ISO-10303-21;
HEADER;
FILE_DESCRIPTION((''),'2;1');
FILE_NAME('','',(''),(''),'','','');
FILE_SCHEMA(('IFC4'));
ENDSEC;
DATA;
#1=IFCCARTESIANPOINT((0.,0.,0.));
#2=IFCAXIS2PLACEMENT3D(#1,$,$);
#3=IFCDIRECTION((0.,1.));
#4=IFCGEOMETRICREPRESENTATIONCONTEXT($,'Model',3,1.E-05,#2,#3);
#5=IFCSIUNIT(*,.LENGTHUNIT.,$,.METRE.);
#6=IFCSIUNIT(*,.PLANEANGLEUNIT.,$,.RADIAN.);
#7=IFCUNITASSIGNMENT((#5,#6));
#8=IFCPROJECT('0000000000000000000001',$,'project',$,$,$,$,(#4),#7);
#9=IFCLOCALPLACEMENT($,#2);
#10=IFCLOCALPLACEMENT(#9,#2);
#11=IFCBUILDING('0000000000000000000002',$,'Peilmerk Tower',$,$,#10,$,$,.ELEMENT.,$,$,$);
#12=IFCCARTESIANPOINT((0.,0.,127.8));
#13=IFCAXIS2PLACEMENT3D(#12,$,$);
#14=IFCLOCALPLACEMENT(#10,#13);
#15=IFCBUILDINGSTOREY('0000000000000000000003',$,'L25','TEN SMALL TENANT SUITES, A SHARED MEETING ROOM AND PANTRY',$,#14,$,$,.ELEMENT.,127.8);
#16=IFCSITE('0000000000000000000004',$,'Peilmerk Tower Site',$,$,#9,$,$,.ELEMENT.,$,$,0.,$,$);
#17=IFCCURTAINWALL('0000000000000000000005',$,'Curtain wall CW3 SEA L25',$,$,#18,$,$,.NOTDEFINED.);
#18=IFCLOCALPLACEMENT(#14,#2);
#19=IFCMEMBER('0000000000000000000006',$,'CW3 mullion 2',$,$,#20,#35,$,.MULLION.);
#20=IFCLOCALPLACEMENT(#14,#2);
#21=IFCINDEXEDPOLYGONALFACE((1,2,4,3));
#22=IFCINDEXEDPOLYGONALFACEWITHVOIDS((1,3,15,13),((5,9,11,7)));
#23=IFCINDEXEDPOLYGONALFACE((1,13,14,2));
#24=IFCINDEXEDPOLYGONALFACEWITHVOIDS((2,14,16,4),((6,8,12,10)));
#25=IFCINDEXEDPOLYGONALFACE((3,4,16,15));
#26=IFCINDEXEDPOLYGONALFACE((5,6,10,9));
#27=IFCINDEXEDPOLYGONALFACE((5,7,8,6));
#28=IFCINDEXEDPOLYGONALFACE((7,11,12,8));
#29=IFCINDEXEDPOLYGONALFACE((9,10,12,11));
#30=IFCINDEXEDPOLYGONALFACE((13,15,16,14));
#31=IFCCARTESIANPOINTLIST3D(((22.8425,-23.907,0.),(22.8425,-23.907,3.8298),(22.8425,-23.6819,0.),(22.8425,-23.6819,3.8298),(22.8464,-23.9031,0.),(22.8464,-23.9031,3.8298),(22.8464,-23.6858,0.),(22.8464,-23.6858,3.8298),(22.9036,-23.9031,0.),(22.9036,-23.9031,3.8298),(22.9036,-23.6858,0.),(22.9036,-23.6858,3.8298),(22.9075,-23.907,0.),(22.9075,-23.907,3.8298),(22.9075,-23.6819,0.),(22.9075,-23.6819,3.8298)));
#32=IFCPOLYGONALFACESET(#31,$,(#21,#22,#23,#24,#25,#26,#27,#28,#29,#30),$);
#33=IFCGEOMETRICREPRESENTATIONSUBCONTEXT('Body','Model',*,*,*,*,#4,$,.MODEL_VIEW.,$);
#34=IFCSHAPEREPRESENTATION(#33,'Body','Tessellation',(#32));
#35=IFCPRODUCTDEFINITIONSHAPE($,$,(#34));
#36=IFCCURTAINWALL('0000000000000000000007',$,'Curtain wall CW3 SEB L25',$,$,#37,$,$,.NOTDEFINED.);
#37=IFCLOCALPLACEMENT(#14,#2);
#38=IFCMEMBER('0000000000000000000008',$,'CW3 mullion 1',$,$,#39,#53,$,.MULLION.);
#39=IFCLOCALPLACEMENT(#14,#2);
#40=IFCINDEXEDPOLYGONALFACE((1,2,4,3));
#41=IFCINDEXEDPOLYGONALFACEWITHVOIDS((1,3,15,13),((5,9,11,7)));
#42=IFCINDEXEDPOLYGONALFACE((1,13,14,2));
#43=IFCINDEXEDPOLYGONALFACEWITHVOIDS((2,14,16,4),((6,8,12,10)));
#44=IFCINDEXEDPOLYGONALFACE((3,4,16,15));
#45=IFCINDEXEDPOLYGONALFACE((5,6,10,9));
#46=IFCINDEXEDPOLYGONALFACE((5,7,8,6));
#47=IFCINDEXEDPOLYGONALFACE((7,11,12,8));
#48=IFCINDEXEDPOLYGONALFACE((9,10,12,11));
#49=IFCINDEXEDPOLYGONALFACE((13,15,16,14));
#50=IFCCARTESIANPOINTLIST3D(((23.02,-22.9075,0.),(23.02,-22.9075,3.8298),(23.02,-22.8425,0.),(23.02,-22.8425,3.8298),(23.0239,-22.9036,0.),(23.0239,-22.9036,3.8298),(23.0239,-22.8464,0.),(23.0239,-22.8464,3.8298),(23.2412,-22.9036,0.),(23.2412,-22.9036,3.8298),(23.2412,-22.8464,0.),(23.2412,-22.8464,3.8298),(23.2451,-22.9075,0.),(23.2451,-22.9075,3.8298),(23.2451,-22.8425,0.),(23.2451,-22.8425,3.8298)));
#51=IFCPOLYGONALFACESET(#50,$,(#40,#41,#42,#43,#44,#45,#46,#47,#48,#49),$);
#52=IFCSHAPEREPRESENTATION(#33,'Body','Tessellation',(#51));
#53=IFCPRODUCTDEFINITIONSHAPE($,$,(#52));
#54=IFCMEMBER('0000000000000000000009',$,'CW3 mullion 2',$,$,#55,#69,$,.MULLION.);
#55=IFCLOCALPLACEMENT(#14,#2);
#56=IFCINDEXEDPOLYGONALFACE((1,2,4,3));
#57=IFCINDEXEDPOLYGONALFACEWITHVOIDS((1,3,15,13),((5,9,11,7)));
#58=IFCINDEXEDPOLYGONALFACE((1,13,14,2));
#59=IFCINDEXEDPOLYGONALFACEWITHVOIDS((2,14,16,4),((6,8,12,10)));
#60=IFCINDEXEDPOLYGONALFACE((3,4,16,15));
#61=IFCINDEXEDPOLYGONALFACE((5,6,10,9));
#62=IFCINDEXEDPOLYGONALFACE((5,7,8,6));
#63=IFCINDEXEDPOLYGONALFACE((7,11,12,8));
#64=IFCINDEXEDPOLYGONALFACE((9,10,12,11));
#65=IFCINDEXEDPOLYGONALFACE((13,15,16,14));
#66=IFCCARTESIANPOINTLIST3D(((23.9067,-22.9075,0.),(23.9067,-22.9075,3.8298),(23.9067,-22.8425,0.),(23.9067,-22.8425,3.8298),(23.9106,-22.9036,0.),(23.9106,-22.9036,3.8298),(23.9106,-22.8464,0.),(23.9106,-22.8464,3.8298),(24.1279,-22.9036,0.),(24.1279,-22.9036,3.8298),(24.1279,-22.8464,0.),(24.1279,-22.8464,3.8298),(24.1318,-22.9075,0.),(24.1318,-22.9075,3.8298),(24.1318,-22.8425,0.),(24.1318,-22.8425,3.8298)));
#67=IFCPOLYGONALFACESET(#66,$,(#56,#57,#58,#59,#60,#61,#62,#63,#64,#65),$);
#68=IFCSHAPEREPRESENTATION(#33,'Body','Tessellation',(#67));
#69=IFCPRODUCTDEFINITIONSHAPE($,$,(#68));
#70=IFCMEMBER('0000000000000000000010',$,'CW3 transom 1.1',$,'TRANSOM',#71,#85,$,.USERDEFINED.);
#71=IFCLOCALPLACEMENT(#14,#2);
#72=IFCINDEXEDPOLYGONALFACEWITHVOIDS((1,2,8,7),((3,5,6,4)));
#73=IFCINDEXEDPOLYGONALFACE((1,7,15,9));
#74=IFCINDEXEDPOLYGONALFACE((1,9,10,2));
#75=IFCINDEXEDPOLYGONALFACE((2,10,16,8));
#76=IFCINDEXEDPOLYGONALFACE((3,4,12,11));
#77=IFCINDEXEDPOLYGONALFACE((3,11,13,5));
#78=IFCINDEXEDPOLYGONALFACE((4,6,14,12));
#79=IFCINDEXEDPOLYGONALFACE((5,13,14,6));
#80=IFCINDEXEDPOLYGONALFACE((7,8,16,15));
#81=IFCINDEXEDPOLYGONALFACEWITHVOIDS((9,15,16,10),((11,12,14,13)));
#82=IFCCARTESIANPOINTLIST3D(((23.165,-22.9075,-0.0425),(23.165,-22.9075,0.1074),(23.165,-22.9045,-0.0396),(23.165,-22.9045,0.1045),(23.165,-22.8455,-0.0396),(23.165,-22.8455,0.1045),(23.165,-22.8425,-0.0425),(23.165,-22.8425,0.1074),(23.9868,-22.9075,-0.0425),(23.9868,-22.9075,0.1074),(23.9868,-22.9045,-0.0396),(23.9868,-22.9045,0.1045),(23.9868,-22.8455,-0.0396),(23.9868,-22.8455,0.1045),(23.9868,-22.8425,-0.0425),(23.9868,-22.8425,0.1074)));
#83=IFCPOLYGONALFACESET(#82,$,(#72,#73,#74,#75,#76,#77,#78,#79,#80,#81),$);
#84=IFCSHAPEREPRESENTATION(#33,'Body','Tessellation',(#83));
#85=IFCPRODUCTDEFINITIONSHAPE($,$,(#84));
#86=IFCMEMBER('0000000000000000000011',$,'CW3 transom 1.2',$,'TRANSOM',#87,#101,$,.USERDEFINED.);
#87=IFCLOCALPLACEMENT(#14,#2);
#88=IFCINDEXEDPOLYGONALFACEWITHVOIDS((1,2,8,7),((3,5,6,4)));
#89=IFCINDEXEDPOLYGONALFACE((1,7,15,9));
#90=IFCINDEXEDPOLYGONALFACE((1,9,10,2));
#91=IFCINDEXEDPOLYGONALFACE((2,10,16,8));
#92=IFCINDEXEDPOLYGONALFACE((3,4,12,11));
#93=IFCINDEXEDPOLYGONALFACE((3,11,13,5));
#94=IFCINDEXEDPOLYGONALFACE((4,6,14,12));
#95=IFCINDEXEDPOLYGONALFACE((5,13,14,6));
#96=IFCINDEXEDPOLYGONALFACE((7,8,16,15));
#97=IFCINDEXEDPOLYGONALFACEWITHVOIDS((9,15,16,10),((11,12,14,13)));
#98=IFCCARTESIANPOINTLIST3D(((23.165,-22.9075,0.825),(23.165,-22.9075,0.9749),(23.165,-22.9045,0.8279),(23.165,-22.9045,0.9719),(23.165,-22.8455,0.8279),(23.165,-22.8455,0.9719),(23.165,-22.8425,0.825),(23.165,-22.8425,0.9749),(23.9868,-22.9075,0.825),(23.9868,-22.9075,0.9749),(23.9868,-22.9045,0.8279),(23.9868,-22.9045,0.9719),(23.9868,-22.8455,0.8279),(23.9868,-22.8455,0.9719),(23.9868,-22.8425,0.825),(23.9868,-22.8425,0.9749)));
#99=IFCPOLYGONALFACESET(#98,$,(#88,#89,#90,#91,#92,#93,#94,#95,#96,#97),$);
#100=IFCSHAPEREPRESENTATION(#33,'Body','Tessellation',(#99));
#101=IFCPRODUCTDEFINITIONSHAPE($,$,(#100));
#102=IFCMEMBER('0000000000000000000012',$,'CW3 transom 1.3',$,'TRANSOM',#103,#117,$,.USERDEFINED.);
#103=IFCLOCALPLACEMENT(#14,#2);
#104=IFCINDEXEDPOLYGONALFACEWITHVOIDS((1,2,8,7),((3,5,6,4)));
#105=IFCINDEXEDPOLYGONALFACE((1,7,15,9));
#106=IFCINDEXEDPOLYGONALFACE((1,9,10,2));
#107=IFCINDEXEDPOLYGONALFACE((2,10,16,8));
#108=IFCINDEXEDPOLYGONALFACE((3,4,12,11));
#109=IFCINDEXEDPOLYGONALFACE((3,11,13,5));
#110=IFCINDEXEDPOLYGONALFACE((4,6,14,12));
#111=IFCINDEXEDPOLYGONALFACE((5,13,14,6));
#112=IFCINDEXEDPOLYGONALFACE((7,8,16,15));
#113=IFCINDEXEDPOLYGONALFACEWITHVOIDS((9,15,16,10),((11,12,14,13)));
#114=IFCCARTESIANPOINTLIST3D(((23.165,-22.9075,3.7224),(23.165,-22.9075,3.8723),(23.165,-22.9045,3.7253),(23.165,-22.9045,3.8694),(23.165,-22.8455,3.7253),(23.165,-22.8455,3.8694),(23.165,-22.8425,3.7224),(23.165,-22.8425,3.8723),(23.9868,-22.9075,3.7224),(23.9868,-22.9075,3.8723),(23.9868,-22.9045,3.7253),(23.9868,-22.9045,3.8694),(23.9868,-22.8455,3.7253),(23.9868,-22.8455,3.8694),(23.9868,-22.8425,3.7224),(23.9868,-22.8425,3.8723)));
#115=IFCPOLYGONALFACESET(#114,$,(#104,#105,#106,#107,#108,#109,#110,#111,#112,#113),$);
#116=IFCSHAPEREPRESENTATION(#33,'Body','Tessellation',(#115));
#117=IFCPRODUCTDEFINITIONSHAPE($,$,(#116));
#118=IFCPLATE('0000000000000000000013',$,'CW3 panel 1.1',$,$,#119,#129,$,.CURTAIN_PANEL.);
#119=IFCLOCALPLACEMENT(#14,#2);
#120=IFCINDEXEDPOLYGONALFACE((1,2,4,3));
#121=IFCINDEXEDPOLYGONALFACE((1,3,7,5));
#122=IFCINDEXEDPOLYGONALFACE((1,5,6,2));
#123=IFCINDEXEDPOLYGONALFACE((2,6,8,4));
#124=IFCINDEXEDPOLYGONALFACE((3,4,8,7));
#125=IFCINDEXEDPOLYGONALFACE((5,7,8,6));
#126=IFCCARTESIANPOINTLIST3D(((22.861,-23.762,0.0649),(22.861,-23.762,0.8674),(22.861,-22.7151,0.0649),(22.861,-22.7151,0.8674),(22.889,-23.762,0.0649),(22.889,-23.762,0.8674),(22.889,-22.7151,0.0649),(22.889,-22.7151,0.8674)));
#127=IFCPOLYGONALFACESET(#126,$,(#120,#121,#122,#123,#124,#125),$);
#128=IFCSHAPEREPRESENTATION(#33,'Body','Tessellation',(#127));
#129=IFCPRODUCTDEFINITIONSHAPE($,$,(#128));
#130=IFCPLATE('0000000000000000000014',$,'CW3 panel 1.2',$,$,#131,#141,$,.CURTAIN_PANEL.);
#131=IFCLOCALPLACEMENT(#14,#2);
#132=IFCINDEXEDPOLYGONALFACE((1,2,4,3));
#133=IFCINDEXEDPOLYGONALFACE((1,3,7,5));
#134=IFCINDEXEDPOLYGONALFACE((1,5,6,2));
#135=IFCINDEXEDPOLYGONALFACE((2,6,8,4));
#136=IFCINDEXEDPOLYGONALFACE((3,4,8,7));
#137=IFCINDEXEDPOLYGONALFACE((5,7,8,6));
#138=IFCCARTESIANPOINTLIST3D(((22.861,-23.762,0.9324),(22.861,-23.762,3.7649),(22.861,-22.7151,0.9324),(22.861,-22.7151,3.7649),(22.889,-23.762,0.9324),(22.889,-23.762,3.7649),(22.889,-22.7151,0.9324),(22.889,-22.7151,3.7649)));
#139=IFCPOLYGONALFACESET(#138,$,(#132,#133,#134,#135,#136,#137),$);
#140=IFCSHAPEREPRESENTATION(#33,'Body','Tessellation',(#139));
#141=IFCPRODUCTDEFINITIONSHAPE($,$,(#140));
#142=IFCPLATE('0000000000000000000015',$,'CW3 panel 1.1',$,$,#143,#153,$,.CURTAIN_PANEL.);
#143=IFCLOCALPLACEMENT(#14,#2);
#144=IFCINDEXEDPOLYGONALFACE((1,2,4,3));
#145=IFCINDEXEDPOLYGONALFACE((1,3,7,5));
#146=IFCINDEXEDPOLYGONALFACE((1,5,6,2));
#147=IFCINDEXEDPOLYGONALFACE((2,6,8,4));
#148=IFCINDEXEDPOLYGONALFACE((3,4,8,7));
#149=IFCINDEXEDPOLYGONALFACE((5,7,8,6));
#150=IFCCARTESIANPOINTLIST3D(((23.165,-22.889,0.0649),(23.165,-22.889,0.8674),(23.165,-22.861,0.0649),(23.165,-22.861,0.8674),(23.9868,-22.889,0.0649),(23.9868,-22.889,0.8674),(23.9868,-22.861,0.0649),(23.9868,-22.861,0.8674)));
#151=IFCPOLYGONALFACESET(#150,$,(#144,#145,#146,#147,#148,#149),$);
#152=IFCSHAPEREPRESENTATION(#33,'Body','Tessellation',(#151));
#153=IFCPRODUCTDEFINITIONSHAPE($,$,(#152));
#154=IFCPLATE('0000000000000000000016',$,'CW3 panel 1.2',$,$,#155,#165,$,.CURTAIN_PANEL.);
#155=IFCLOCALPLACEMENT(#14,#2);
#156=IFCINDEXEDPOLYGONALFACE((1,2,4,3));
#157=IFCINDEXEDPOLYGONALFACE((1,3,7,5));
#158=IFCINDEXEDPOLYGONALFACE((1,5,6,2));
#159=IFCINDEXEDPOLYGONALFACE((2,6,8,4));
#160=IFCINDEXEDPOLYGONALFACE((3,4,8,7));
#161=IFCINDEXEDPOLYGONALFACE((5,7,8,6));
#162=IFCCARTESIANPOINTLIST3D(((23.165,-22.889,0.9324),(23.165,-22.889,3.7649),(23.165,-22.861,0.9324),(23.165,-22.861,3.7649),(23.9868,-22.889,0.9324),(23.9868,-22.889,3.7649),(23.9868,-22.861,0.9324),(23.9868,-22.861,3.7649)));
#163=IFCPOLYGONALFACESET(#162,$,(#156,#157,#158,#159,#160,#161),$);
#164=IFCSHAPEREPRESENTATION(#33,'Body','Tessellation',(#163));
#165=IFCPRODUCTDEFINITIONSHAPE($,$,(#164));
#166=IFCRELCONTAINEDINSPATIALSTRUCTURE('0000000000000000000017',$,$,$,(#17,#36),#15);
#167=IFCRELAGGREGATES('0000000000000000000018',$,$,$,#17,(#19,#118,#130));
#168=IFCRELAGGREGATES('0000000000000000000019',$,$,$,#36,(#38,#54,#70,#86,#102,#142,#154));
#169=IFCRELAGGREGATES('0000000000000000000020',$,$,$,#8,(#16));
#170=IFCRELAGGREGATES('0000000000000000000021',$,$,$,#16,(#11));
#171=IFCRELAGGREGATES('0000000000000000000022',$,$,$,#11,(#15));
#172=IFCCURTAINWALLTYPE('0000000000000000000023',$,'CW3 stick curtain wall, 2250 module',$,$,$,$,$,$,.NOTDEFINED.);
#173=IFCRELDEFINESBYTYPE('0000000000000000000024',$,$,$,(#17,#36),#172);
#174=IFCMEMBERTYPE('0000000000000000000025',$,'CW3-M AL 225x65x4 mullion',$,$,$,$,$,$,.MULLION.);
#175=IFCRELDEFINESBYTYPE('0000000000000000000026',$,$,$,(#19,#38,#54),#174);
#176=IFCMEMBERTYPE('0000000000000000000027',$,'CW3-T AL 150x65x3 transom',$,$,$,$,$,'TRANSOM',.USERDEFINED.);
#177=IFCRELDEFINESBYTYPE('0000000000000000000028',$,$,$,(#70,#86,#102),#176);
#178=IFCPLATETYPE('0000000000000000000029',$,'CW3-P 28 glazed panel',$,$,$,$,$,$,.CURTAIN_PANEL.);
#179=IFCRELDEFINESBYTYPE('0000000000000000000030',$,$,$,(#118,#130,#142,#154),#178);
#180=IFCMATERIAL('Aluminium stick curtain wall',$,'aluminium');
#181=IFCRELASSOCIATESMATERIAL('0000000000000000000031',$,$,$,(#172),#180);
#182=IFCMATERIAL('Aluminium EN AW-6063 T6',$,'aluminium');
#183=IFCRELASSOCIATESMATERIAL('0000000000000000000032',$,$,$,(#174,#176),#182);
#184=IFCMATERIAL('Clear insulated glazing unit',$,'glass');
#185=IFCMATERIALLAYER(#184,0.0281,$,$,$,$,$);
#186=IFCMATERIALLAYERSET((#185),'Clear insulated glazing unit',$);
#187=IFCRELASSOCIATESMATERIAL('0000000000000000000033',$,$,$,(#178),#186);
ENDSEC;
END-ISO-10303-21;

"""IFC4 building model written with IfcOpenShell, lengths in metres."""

from ifc_helpers import new_model, si_unit, direction, frame, origin, origin_2d, place, context, subcontext, project, spatial, rectangle, hollow_rectangle, extrude, material, layer, layer_set, material_profile, profile_set, type_object, element, aggregate, save


model = new_model("IFC4")

# Units and contexts
model_context = context("Model", 3, precision=1e-05, world=origin(), true_north=direction((0.0, 1.0)))
body_context = subcontext(model_context, "Body", "Model", "MODEL_VIEW")
ifc_project = project(units=[si_unit("LENGTHUNIT", "METRE"), si_unit("PLANEANGLEUNIT", "RADIAN")], contexts=[model_context])

# Site, building, storey
site_placement = place(None, origin())
site = spatial("IfcSite", under=ifc_project, at=site_placement, Name="Peilmerk Tower Site", CompositionType="ELEMENT", RefElevation=0.0)
building_placement = place(site_placement, origin())
building = spatial("IfcBuilding", under=site, at=building_placement, Name="Peilmerk Tower", CompositionType="ELEMENT")
storey_placement = place(building_placement, frame((0.0, 0.0, 127.8)))
storey = spatial("IfcBuildingStorey", under=building, at=storey_placement, Name="L25", Description="TEN SMALL TENANT SUITES, A SHARED MEETING ROOM AND PANTRY", CompositionType="ELEMENT", Elevation=127.8)

# Curtain wall, member
ifc_material_1 = material(Name="Aluminium stick curtain wall", Category="aluminium")
curtain_wall_type = type_object("IfcCurtainWallType", Name="CW3 stick curtain wall, 2250 module", PredefinedType="NOTDEFINED", material=ifc_material_1)
curtain_wall_1_placement = place(storey_placement, origin())
curtain_wall_1 = element("IfcCurtainWall", 1, at=curtain_wall_1_placement, inside=storey, type_object=curtain_wall_type, Name="Curtain wall CW3 SEA L25", PredefinedType="NOTDEFINED")
ifc_material_2 = material(Name="Aluminium EN AW-6063 T6", Category="aluminium")
ifc_material_profile_1 = material_profile(ifc_material_2, hollow_rectangle(XDim=0.0649, YDim=0.2251, WallThickness=0.0039, at=origin_2d()), Name="AL 225x65x4")
ifc_profile_set_1 = profile_set([ifc_material_profile_1], Name="Aluminium EN AW-6063 T6")
member_type_1 = type_object("IfcMemberType", Name="CW3-M AL 225x65x4 mullion", PredefinedType="MULLION", material=ifc_profile_set_1)
member_1_placement = place(storey_placement, frame((22.875, -23.7944, 0.0), z_axis=(0.0, 0.0, 1.0), x_axis=(1.0, 0.0, 0.0)))
member_1 = element("IfcMember", 2, at=member_1_placement, type_object=member_type_1, Name="CW3 mullion 2", PredefinedType="MULLION", context=body_context, shape_type="SweptSolid", body=[
    extrude(hollow_rectangle(XDim=0.0649, YDim=0.2251, WallThickness=0.0039, at=origin_2d()), origin(), (0.0, 0.0, 1.0), 3.8298),
])

# Curtain wall, members
curtain_wall_2_placement = place(storey_placement, origin())
curtain_wall_2 = element("IfcCurtainWall", 3, at=curtain_wall_2_placement, inside=storey, type_object=curtain_wall_type, Name="Curtain wall CW3 SEB L25", PredefinedType="NOTDEFINED")
member_2_placement = place(storey_placement, frame((23.1326, -22.875, 0.0), z_axis=(0.0, 0.0, 1.0), x_axis=(0.0, 1.0, 0.0)))
member_2 = element("IfcMember", 4, at=member_2_placement, type_object=member_type_1, Name="CW3 mullion 1", PredefinedType="MULLION", context=body_context, shape_type="SweptSolid", body=[
    extrude(hollow_rectangle(XDim=0.0649, YDim=0.2251, WallThickness=0.0039, at=origin_2d()), origin(), (0.0, 0.0, 1.0), 3.8298),
])
member_3_placement = place(storey_placement, frame((24.0193, -22.875, 0.0), z_axis=(0.0, 0.0, 1.0), x_axis=(0.0, 1.0, 0.0)))
member_3 = element("IfcMember", 5, at=member_3_placement, type_object=member_type_1, Name="CW3 mullion 2", PredefinedType="MULLION", context=body_context, shape_type="SweptSolid", body=[
    extrude(hollow_rectangle(XDim=0.0649, YDim=0.2251, WallThickness=0.0039, at=origin_2d()), origin(), (0.0, 0.0, 1.0), 3.8298),
])
ifc_material_profile_2 = material_profile(ifc_material_2, hollow_rectangle(XDim=0.0649, YDim=0.1499, WallThickness=0.0029, at=origin_2d()), Name="AL 150x65x3")
ifc_profile_set_2 = profile_set([ifc_material_profile_2], Name="Aluminium EN AW-6063 T6")
member_type_2 = type_object("IfcMemberType", Name="CW3-T AL 150x65x3 transom", ElementType="TRANSOM", PredefinedType="USERDEFINED", material=ifc_profile_set_2)
member_4_placement = place(storey_placement, frame((23.165, -22.875, 0.0325), z_axis=(1.0, 0.0, 0.0), x_axis=(0.0, 1.0, 0.0)))
member_4 = element("IfcMember", 6, at=member_4_placement, type_object=member_type_2, Name="CW3 transom 1.1", ObjectType="TRANSOM", PredefinedType="USERDEFINED", context=body_context, shape_type="SweptSolid", body=[
    extrude(hollow_rectangle(XDim=0.0649, YDim=0.1499, WallThickness=0.0029, at=origin_2d()), origin(), (0.0, 0.0, 1.0), 0.8218),
])
member_5_placement = place(storey_placement, frame((23.165, -22.875, 0.8999), z_axis=(1.0, 0.0, 0.0), x_axis=(0.0, 1.0, 0.0)))
member_5 = element("IfcMember", 7, at=member_5_placement, type_object=member_type_2, Name="CW3 transom 1.2", ObjectType="TRANSOM", PredefinedType="USERDEFINED", context=body_context, shape_type="SweptSolid", body=[
    extrude(hollow_rectangle(XDim=0.0649, YDim=0.1499, WallThickness=0.0029, at=origin_2d()), origin(), (0.0, 0.0, 1.0), 0.8218),
])
member_6_placement = place(storey_placement, frame((23.165, -22.875, 3.7974), z_axis=(1.0, 0.0, 0.0), x_axis=(0.0, 1.0, 0.0)))
member_6 = element("IfcMember", 8, at=member_6_placement, type_object=member_type_2, Name="CW3 transom 1.3", ObjectType="TRANSOM", PredefinedType="USERDEFINED", context=body_context, shape_type="SweptSolid", body=[
    extrude(hollow_rectangle(XDim=0.0649, YDim=0.1499, WallThickness=0.0029, at=origin_2d()), origin(), (0.0, 0.0, 1.0), 0.8218),
])

# Plates
ifc_material_3 = material(Name="Clear insulated glazing unit", Category="glass")
ifc_layer_1 = layer(ifc_material_3, 0.0281)
ifc_layer_set_1 = layer_set([ifc_layer_1], Name="Clear insulated glazing unit")
plate_type = type_object("IfcPlateType", Name="CW3-P 28 glazed panel", PredefinedType="CURTAIN_PANEL", material=ifc_layer_set_1)
plate_1_placement = place(storey_placement, frame((22.875, -23.2385, 0.0649), z_axis=(0.0, 0.0, 1.0), x_axis=(0.0, -1.0, 0.0)))
plate_1 = element("IfcPlate", 9, at=plate_1_placement, type_object=plate_type, Name="CW3 panel 1.1", PredefinedType="CURTAIN_PANEL", context=body_context, shape_type="SweptSolid", body=[
    extrude(rectangle(XDim=1.0469, YDim=0.0281, at=origin_2d()), origin(), (0.0, 0.0, 1.0), 0.8025),
])
plate_2_placement = place(storey_placement, frame((22.875, -23.2385, 0.9324), z_axis=(0.0, 0.0, 1.0), x_axis=(0.0, -1.0, 0.0)))
plate_2 = element("IfcPlate", 10, at=plate_2_placement, type_object=plate_type, Name="CW3 panel 1.2", PredefinedType="CURTAIN_PANEL", context=body_context, shape_type="SweptSolid", body=[
    extrude(rectangle(XDim=1.0469, YDim=0.0281, at=origin_2d()), origin(), (0.0, 0.0, 1.0), 2.8325),
])
aggregate(curtain_wall_1, [member_1, plate_1, plate_2])
plate_3_placement = place(storey_placement, frame((23.5759, -22.875, 0.0649), z_axis=(0.0, 0.0, 1.0), x_axis=(1.0, 0.0, 0.0)))
plate_3 = element("IfcPlate", 11, at=plate_3_placement, type_object=plate_type, Name="CW3 panel 1.1", PredefinedType="CURTAIN_PANEL", context=body_context, shape_type="SweptSolid", body=[
    extrude(rectangle(XDim=0.8218, YDim=0.0281, at=origin_2d()), origin(), (0.0, 0.0, 1.0), 0.8025),
])
plate_4_placement = place(storey_placement, frame((23.5759, -22.875, 0.9324), z_axis=(0.0, 0.0, 1.0), x_axis=(1.0, 0.0, 0.0)))
plate_4 = element("IfcPlate", 12, at=plate_4_placement, type_object=plate_type, Name="CW3 panel 1.2", PredefinedType="CURTAIN_PANEL", context=body_context, shape_type="SweptSolid", body=[
    extrude(rectangle(XDim=0.8218, YDim=0.0281, at=origin_2d()), origin(), (0.0, 0.0, 1.0), 2.8325),
])
aggregate(curtain_wall_2, [member_2, member_3, member_4, member_5, member_6, plate_3, plate_4])

save(model, "model.ifc")
